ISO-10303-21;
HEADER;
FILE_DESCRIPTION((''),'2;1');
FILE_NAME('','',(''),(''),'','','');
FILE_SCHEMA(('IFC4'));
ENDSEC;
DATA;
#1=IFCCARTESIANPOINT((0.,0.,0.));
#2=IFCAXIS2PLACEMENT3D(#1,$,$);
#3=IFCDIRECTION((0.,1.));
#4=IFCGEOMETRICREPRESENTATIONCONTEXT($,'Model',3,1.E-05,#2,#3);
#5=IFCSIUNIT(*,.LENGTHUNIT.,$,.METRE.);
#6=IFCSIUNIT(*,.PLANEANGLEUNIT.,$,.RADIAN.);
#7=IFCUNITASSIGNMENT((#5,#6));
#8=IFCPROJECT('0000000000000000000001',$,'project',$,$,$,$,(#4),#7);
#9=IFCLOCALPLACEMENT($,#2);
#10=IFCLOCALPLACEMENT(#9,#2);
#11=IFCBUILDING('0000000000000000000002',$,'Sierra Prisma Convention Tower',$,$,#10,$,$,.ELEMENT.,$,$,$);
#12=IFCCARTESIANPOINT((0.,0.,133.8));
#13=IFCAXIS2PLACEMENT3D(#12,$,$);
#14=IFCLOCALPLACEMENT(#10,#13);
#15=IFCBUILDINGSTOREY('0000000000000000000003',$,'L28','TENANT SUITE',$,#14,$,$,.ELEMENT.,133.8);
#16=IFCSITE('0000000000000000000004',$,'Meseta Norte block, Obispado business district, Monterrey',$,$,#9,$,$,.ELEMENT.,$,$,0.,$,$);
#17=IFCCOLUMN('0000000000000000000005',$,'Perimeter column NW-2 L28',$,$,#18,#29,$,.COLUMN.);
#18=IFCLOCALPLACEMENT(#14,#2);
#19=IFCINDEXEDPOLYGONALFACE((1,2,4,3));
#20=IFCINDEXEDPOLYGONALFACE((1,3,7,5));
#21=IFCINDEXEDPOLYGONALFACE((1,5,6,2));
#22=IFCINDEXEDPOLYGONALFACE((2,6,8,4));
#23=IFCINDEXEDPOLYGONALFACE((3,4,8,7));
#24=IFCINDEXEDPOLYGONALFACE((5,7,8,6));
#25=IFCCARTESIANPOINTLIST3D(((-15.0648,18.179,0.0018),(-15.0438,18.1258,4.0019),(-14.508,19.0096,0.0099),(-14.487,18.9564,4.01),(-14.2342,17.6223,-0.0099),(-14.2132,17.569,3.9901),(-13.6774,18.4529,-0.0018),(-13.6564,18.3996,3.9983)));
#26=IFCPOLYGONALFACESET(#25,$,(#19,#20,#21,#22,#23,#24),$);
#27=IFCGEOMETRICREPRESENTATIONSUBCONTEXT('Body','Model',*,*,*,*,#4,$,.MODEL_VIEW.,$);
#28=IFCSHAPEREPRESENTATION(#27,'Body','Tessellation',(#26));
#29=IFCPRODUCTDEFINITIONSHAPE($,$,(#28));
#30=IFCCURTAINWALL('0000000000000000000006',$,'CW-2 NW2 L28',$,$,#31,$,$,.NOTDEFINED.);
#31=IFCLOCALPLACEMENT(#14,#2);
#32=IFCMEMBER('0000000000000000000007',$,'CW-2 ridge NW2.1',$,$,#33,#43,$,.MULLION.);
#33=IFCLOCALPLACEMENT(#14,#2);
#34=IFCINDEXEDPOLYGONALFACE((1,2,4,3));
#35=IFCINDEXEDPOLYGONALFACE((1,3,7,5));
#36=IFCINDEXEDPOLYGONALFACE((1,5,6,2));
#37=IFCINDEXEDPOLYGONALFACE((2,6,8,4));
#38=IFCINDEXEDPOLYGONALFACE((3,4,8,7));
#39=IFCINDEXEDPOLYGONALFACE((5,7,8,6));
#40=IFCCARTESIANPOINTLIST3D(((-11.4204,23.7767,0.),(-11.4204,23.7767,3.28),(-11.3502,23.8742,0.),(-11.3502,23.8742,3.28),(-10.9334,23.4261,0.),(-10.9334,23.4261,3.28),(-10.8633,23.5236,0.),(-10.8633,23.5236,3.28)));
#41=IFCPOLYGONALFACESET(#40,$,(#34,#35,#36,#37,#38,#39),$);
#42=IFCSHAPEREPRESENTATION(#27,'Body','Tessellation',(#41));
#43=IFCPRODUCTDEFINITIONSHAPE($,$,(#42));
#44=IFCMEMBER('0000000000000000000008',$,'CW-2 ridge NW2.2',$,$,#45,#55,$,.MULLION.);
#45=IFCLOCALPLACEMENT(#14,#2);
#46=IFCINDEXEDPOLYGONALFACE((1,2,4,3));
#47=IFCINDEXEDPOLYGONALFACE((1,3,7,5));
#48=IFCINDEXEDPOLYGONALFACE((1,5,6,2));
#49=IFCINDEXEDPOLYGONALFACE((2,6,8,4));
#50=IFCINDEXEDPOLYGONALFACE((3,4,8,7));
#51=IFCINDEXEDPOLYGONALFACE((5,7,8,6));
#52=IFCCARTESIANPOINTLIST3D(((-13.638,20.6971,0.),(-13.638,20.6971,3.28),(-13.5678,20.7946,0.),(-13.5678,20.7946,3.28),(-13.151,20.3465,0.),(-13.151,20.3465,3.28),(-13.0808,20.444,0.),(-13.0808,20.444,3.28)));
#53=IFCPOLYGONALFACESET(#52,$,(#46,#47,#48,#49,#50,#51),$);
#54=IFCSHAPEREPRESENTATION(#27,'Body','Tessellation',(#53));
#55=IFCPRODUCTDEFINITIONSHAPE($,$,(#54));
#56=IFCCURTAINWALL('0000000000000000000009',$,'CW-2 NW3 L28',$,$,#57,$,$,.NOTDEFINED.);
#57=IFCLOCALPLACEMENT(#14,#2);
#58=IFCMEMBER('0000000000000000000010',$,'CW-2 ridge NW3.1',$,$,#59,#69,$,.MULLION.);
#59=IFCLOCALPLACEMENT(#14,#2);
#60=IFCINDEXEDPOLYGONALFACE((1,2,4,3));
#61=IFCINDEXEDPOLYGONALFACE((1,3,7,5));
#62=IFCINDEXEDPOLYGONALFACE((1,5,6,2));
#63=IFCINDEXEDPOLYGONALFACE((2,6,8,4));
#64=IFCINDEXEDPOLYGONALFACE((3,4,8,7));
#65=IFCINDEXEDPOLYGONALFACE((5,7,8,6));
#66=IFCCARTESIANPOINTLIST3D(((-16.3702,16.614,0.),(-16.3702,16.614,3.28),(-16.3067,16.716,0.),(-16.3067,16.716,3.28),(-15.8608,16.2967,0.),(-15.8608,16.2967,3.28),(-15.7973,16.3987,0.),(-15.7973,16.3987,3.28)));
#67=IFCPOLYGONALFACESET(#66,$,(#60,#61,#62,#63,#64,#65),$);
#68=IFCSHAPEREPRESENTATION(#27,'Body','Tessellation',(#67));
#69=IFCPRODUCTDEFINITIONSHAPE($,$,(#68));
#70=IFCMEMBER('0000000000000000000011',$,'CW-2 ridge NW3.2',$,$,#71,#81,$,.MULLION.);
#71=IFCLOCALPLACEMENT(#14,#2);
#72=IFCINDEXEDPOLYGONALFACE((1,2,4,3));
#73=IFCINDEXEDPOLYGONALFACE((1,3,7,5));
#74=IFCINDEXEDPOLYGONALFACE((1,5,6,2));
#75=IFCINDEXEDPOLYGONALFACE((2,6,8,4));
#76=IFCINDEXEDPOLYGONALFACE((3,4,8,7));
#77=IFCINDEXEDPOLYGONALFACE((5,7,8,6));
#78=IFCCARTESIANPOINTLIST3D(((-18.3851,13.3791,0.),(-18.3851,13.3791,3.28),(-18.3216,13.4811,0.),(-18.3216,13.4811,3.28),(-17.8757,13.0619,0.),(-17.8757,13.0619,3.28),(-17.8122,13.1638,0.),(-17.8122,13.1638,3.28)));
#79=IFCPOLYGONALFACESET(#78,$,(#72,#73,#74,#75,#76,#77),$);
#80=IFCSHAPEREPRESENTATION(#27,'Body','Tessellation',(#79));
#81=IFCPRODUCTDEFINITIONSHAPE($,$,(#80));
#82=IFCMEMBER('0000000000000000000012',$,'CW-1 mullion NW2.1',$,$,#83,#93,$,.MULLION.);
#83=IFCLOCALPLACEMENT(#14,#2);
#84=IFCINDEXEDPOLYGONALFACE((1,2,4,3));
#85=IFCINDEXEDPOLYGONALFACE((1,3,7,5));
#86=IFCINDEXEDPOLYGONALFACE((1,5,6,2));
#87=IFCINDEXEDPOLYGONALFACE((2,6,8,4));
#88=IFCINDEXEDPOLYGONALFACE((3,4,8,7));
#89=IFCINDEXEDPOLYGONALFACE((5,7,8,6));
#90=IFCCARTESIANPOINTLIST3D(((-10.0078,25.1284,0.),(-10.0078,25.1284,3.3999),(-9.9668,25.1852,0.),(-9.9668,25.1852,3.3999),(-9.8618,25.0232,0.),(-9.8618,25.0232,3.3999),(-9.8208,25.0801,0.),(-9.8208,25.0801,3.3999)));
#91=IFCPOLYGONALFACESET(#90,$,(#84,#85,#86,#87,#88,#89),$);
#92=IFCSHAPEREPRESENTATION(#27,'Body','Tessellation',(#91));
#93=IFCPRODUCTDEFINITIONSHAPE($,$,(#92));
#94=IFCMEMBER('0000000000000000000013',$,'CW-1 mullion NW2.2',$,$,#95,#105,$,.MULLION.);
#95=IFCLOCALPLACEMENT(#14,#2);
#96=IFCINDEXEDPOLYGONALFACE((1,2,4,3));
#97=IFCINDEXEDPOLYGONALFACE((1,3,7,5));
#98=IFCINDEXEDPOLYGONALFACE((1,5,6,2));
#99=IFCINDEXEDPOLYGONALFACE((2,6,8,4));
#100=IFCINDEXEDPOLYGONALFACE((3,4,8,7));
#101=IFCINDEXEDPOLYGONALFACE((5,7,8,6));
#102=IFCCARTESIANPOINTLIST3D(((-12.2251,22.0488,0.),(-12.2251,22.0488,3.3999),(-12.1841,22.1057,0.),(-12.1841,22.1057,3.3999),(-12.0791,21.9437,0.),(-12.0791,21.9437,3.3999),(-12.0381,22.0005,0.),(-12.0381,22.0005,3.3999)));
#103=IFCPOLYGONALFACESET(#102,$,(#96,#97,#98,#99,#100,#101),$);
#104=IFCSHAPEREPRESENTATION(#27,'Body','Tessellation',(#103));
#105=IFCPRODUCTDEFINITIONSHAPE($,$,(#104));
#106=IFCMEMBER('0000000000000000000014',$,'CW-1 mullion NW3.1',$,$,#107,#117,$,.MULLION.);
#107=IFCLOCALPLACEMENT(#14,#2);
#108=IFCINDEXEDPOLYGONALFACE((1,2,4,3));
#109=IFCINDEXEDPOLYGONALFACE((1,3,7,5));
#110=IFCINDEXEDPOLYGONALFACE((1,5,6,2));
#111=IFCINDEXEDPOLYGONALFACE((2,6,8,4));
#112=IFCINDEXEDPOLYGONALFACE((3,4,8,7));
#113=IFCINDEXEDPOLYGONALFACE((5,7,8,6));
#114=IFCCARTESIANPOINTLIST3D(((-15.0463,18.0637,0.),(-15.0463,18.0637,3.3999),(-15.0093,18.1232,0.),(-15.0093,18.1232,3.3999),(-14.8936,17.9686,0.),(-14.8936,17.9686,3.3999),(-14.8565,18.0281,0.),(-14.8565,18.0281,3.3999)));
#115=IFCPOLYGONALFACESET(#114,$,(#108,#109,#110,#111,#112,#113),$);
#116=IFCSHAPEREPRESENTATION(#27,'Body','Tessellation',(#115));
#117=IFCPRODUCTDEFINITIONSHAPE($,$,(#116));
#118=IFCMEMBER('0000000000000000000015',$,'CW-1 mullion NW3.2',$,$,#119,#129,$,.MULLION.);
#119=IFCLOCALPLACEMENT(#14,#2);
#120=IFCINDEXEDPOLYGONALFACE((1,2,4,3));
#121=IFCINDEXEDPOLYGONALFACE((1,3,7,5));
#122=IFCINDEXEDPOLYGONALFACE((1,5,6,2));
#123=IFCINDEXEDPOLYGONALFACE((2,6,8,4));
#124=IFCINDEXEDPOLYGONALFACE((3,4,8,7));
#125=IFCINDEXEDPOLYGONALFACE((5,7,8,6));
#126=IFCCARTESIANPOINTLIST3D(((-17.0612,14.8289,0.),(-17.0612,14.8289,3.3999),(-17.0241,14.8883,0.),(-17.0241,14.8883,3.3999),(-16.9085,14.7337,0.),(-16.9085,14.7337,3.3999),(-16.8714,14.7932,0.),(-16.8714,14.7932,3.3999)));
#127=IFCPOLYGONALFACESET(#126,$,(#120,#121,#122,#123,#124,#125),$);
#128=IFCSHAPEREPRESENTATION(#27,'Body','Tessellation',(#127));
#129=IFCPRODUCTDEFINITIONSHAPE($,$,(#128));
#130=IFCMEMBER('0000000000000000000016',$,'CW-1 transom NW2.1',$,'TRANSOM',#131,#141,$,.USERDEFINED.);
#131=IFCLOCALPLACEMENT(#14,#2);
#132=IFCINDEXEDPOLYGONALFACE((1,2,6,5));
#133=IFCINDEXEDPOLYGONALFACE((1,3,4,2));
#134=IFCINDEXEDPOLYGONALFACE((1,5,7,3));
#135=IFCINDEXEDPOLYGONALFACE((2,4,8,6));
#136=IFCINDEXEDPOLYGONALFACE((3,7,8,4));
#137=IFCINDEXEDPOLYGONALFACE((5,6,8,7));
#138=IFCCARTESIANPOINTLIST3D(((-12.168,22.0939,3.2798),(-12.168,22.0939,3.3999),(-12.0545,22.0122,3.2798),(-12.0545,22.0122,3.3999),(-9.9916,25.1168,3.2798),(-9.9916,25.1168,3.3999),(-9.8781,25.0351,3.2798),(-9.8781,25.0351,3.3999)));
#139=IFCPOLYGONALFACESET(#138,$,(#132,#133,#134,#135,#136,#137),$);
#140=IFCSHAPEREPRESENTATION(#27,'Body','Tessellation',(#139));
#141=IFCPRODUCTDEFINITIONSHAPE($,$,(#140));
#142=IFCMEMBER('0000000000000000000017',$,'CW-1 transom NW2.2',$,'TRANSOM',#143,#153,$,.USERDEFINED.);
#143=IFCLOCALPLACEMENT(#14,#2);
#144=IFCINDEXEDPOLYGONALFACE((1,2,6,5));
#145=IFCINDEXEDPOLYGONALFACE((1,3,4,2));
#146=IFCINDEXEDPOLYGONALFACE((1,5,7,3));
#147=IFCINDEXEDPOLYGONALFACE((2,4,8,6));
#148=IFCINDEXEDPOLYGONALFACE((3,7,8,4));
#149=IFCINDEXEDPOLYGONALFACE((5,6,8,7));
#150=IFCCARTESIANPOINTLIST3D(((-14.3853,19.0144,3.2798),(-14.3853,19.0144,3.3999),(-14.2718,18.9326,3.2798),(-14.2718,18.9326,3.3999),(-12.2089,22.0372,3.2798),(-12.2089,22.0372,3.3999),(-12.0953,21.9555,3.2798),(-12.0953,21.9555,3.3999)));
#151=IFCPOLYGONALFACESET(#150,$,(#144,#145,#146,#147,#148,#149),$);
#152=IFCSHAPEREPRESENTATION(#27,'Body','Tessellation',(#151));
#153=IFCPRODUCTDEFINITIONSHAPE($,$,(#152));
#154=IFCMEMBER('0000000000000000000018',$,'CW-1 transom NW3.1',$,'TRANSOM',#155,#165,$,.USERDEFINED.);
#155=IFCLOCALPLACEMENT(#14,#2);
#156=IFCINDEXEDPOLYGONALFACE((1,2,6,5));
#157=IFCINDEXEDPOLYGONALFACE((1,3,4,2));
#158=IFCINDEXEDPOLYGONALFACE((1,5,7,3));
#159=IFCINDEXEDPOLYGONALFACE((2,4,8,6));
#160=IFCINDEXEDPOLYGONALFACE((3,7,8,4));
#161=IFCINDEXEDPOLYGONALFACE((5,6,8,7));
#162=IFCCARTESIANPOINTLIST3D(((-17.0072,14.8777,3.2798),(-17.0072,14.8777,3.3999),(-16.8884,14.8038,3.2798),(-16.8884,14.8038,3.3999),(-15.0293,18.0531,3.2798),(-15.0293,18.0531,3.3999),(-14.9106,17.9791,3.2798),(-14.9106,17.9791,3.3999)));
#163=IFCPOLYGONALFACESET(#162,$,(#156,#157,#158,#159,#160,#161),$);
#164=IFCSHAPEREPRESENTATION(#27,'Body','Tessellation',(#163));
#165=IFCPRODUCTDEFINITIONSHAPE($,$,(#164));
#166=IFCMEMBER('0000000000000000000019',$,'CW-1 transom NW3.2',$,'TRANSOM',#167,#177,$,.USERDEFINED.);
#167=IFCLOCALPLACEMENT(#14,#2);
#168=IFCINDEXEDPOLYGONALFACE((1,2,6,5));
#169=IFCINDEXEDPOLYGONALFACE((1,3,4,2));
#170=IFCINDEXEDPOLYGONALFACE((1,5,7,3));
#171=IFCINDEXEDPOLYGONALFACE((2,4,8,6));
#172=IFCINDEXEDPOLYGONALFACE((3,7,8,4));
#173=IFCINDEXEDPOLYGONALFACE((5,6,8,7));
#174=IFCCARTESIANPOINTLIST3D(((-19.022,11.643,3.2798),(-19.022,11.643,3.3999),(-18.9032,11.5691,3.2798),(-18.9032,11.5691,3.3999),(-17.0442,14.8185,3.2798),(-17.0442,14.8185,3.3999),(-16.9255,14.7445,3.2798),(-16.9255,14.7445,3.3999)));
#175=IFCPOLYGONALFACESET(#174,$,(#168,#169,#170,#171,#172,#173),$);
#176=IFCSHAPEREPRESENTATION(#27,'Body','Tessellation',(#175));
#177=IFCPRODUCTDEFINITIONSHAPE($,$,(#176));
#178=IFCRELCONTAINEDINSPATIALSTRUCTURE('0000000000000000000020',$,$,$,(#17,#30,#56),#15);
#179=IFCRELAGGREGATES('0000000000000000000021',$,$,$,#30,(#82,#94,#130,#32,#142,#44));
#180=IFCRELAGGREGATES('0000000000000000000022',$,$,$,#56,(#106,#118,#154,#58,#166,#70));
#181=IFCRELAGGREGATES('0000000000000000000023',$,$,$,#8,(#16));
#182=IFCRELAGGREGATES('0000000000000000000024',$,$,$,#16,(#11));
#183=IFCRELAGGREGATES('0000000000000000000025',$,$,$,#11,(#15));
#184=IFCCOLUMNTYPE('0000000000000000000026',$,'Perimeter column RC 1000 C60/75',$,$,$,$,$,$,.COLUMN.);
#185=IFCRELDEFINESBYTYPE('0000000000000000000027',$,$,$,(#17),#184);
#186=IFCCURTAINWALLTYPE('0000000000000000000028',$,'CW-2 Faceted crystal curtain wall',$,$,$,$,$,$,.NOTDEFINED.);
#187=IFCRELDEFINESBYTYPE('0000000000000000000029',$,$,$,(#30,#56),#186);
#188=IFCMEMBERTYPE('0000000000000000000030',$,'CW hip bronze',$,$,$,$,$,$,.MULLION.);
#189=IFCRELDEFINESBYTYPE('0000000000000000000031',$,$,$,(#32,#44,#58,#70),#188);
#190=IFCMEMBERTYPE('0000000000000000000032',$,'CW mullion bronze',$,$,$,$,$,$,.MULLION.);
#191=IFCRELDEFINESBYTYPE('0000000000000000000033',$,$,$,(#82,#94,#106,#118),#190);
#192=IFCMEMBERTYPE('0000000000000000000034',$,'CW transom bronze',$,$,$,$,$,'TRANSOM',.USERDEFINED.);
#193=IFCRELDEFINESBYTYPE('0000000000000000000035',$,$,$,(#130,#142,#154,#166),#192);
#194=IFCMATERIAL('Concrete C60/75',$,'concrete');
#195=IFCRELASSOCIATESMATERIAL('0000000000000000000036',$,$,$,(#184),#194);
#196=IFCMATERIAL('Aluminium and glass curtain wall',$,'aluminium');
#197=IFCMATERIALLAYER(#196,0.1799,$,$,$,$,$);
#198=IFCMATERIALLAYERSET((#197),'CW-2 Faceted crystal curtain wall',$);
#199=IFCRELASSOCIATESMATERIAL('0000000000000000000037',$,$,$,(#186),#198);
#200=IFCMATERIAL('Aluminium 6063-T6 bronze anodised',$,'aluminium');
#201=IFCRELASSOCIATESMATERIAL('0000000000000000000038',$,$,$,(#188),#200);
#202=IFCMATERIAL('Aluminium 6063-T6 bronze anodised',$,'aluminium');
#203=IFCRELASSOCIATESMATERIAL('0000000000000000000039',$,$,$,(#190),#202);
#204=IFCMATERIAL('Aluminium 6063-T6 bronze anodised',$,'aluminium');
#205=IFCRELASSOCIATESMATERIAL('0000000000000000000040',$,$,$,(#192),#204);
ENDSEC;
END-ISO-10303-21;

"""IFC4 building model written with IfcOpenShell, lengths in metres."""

from ifc_helpers import new_model, si_unit, direction, frame, origin, origin_2d, place, context, subcontext, project, spatial, rectangle, extrude, material, layer, layer_set, material_profile, profile_set, type_object, element, aggregate, save


model = new_model("IFC4")

# Units and contexts
model_context = context("Model", 3, precision=1e-05, world=origin(), true_north=direction((0.0, 1.0)))
body_context = subcontext(model_context, "Body", "Model", "MODEL_VIEW")
ifc_project = project(units=[si_unit("LENGTHUNIT", "METRE"), si_unit("PLANEANGLEUNIT", "RADIAN")], contexts=[model_context])

# Site, building, storey
site_placement = place(None, origin())
site = spatial("IfcSite", under=ifc_project, at=site_placement, Name="Meseta Norte block, Obispado business district, Monterrey", CompositionType="ELEMENT", RefElevation=0.0)
building_placement = place(site_placement, origin())
building = spatial("IfcBuilding", under=site, at=building_placement, Name="Sierra Prisma Convention Tower", CompositionType="ELEMENT")
storey_placement = place(building_placement, frame((0.0, 0.0, 133.8)))
storey = spatial("IfcBuildingStorey", under=building, at=storey_placement, Name="L28", Description="TENANT SUITE", CompositionType="ELEMENT", Elevation=133.8)

# Column
ifc_material_1 = material(Name="Concrete C60/75", Category="concrete")
ifc_material_profile_1 = material_profile(ifc_material_1, rectangle(XDim=1.0, YDim=1.0, at=origin_2d()), Name="Perimeter column RC 1000 C60/75")
ifc_profile_set_1 = profile_set([ifc_material_profile_1], Name="Concrete C60/75")
column_type = type_object("IfcColumnType", Name="Perimeter column RC 1000 C60/75", PredefinedType="COLUMN", material=ifc_profile_set_1)
column_placement = place(storey_placement, frame((-14.3711, 18.3159, 0.0), z_axis=(0.005248, -0.013304, 0.999898), x_axis=(0.556822, 0.830592, 0.008129)))
element("IfcColumn", 1, at=column_placement, inside=storey, type_object=column_type, Name="Perimeter column NW-2 L28", PredefinedType="COLUMN", context=body_context, shape_type="SweptSolid", body=[
    extrude(rectangle(XDim=1.0, YDim=1.0, at=origin_2d()), origin(), (0.0, 0.0, 1.0), 4.0005),
])

# Curtain walls, members
ifc_material_2 = material(Name="Aluminium and glass curtain wall", Category="aluminium")
ifc_layer_1 = layer(ifc_material_2, 0.1799)
ifc_layer_set_1 = layer_set([ifc_layer_1], Name="CW-2 Faceted crystal curtain wall")
curtain_wall_type = type_object("IfcCurtainWallType", Name="CW-2 Faceted crystal curtain wall", PredefinedType="NOTDEFINED", material=ifc_layer_set_1)
curtain_wall_1_placement = place(storey_placement, origin())
curtain_wall_1 = element("IfcCurtainWall", 2, at=curtain_wall_1_placement, inside=storey, type_object=curtain_wall_type, Name="CW-2 NW2 L28", PredefinedType="NOTDEFINED")
ifc_material_3 = material(Name="Aluminium 6063-T6 bronze anodised", Category="aluminium")
ifc_material_profile_2 = material_profile(ifc_material_3, rectangle(XDim=0.1201, YDim=0.6001, at=origin_2d()), Name="ALU RIDGE BLADE 120x600")
ifc_profile_set_2 = profile_set([ifc_material_profile_2], Name="Aluminium 6063-T6 bronze anodised")
member_type_1 = type_object("IfcMemberType", Name="CW hip bronze", PredefinedType="MULLION", material=ifc_profile_set_2)
member_1_placement = place(storey_placement, frame((-11.1418, 23.6501, 0.0), z_axis=(0.0, 0.0, 1.0), x_axis=(-0.584324, -0.811521, 0.0)))
member_1 = element("IfcMember", 3, at=member_1_placement, type_object=member_type_1, Name="CW-2 ridge NW2.1", PredefinedType="MULLION", context=body_context, shape_type="SweptSolid", body=[
    extrude(rectangle(XDim=0.1201, YDim=0.6001, at=origin_2d()), origin(), (0.0, 0.0, 1.0), 3.28),
])
member_2_placement = place(storey_placement, frame((-13.3594, 20.5706, 0.0), z_axis=(0.0, 0.0, 1.0), x_axis=(-0.584324, -0.811521, 0.0)))
member_2 = element("IfcMember", 4, at=member_2_placement, type_object=member_type_1, Name="CW-2 ridge NW2.2", PredefinedType="MULLION", context=body_context, shape_type="SweptSolid", body=[
    extrude(rectangle(XDim=0.1201, YDim=0.6001, at=origin_2d()), origin(), (0.0, 0.0, 1.0), 3.28),
])
curtain_wall_2_placement = place(storey_placement, origin())
curtain_wall_2 = element("IfcCurtainWall", 5, at=curtain_wall_2_placement, inside=storey, type_object=curtain_wall_type, Name="CW-2 NW3 L28", PredefinedType="NOTDEFINED")
member_3_placement = place(storey_placement, frame((-16.0837, 16.5063, 0.0), z_axis=(0.0, 0.0, 1.0), x_axis=(-0.528711, -0.848802, 0.0)))
member_3 = element("IfcMember", 6, at=member_3_placement, type_object=member_type_1, Name="CW-2 ridge NW3.1", PredefinedType="MULLION", context=body_context, shape_type="SweptSolid", body=[
    extrude(rectangle(XDim=0.1201, YDim=0.6001, at=origin_2d()), origin(), (0.0, 0.0, 1.0), 3.28),
])
member_4_placement = place(storey_placement, frame((-18.0986, 13.2715, 0.0), z_axis=(0.0, 0.0, 1.0), x_axis=(-0.528711, -0.848802, 0.0)))
member_4 = element("IfcMember", 7, at=member_4_placement, type_object=member_type_1, Name="CW-2 ridge NW3.2", PredefinedType="MULLION", context=body_context, shape_type="SweptSolid", body=[
    extrude(rectangle(XDim=0.1201, YDim=0.6001, at=origin_2d()), origin(), (0.0, 0.0, 1.0), 3.28),
])

# Members
ifc_material_4 = material(Name="Aluminium 6063-T6 bronze anodised", Category="aluminium")
ifc_material_profile_3 = material_profile(ifc_material_4, rectangle(XDim=0.1799, YDim=0.0701, at=origin_2d()), Name="ALU MULLION 70x180")
ifc_profile_set_3 = profile_set([ifc_material_profile_3], Name="Aluminium 6063-T6 bronze anodised")
member_type_2 = type_object("IfcMemberType", Name="CW mullion bronze", PredefinedType="MULLION", material=ifc_profile_set_3)
member_5_placement = place(storey_placement, frame((-9.9143, 25.1042, 0.0), z_axis=(0.0, 0.0, 1.0), x_axis=(0.811521, -0.584324, 0.0)))
member_5 = element("IfcMember", 8, at=member_5_placement, type_object=member_type_2, Name="CW-1 mullion NW2.1", PredefinedType="MULLION", context=body_context, shape_type="SweptSolid", body=[
    extrude(rectangle(XDim=0.1799, YDim=0.0701, at=origin_2d()), origin(), (0.0, 0.0, 1.0), 3.3999),
])
member_6_placement = place(storey_placement, frame((-12.1316, 22.0247, 0.0), z_axis=(0.0, 0.0, 1.0), x_axis=(0.811521, -0.584324, 0.0)))
member_6 = element("IfcMember", 9, at=member_6_placement, type_object=member_type_2, Name="CW-1 mullion NW2.2", PredefinedType="MULLION", context=body_context, shape_type="SweptSolid", body=[
    extrude(rectangle(XDim=0.1799, YDim=0.0701, at=origin_2d()), origin(), (0.0, 0.0, 1.0), 3.3999),
])
member_7_placement = place(storey_placement, frame((-14.9514, 18.0459, 0.0), z_axis=(0.0, 0.0, 1.0), x_axis=(0.848802, -0.528711, 0.0)))
member_7 = element("IfcMember", 10, at=member_7_placement, type_object=member_type_2, Name="CW-1 mullion NW3.1", PredefinedType="MULLION", context=body_context, shape_type="SweptSolid", body=[
    extrude(rectangle(XDim=0.1799, YDim=0.0701, at=origin_2d()), origin(), (0.0, 0.0, 1.0), 3.3999),
])
member_8_placement = place(storey_placement, frame((-16.9663, 14.811, 0.0), z_axis=(0.0, 0.0, 1.0), x_axis=(0.848802, -0.528711, 0.0)))
member_8 = element("IfcMember", 11, at=member_8_placement, type_object=member_type_2, Name="CW-1 mullion NW3.2", PredefinedType="MULLION", context=body_context, shape_type="SweptSolid", body=[
    extrude(rectangle(XDim=0.1799, YDim=0.0701, at=origin_2d()), origin(), (0.0, 0.0, 1.0), 3.3999),
])
ifc_material_5 = material(Name="Aluminium 6063-T6 bronze anodised", Category="aluminium")
ifc_material_profile_4 = material_profile(ifc_material_5, rectangle(XDim=0.1399, YDim=0.1201, at=origin_2d()), Name="ALU TRANSOM 120x140")
ifc_profile_set_4 = profile_set([ifc_material_profile_4], Name="Aluminium 6063-T6 bronze anodised")
member_type_3 = type_object("IfcMemberType", Name="CW transom bronze", ElementType="TRANSOM", PredefinedType="USERDEFINED", material=ifc_profile_set_4)
member_9_placement = place(storey_placement, frame((-9.9348, 25.0759, 3.3398), z_axis=(-0.584303, -0.811536, 0.0), x_axis=(0.811536, -0.584303, 0.0)))
member_9 = element("IfcMember", 12, at=member_9_placement, type_object=member_type_3, Name="CW-1 transom NW2.1", ObjectType="TRANSOM", PredefinedType="USERDEFINED", context=body_context, shape_type="SweptSolid", body=[
    extrude(rectangle(XDim=0.1399, YDim=0.1201, at=origin_2d()), origin(), (0.0, 0.0, 1.0), 3.7249),
])
member_10_placement = place(storey_placement, frame((-12.1521, 21.9963, 3.3398), z_axis=(-0.584303, -0.811536, 0.0), x_axis=(0.811536, -0.584303, 0.0)))
member_10 = element("IfcMember", 13, at=member_10_placement, type_object=member_type_3, Name="CW-1 transom NW2.2", ObjectType="TRANSOM", PredefinedType="USERDEFINED", context=body_context, shape_type="SweptSolid", body=[
    extrude(rectangle(XDim=0.1399, YDim=0.1201, at=origin_2d()), origin(), (0.0, 0.0, 1.0), 3.7249),
])
member_11_placement = place(storey_placement, frame((-14.97, 18.0161, 3.3398), z_axis=(-0.528696, -0.848811, 0.0), x_axis=(0.848811, -0.528696, 0.0)))
member_11 = element("IfcMember", 14, at=member_11_placement, type_object=member_type_3, Name="CW-1 transom NW3.1", ObjectType="TRANSOM", PredefinedType="USERDEFINED", context=body_context, shape_type="SweptSolid", body=[
    extrude(rectangle(XDim=0.1399, YDim=0.1201, at=origin_2d()), origin(), (0.0, 0.0, 1.0), 3.741),
])
member_12_placement = place(storey_placement, frame((-16.9849, 14.7815, 3.3398), z_axis=(-0.528667, -0.848829, 0.0), x_axis=(0.848829, -0.528667, 0.0)))
member_12 = element("IfcMember", 15, at=member_12_placement, type_object=member_type_3, Name="CW-1 transom NW3.2", ObjectType="TRANSOM", PredefinedType="USERDEFINED", context=body_context, shape_type="SweptSolid", body=[
    extrude(rectangle(XDim=0.1399, YDim=0.1201, at=origin_2d()), origin(), (0.0, 0.0, 1.0), 3.741),
])

aggregate(curtain_wall_1, [member_5, member_6, member_9, member_1, member_10, member_2])
aggregate(curtain_wall_2, [member_7, member_8, member_11, member_3, member_12, member_4])

save(model, "model.ifc")
